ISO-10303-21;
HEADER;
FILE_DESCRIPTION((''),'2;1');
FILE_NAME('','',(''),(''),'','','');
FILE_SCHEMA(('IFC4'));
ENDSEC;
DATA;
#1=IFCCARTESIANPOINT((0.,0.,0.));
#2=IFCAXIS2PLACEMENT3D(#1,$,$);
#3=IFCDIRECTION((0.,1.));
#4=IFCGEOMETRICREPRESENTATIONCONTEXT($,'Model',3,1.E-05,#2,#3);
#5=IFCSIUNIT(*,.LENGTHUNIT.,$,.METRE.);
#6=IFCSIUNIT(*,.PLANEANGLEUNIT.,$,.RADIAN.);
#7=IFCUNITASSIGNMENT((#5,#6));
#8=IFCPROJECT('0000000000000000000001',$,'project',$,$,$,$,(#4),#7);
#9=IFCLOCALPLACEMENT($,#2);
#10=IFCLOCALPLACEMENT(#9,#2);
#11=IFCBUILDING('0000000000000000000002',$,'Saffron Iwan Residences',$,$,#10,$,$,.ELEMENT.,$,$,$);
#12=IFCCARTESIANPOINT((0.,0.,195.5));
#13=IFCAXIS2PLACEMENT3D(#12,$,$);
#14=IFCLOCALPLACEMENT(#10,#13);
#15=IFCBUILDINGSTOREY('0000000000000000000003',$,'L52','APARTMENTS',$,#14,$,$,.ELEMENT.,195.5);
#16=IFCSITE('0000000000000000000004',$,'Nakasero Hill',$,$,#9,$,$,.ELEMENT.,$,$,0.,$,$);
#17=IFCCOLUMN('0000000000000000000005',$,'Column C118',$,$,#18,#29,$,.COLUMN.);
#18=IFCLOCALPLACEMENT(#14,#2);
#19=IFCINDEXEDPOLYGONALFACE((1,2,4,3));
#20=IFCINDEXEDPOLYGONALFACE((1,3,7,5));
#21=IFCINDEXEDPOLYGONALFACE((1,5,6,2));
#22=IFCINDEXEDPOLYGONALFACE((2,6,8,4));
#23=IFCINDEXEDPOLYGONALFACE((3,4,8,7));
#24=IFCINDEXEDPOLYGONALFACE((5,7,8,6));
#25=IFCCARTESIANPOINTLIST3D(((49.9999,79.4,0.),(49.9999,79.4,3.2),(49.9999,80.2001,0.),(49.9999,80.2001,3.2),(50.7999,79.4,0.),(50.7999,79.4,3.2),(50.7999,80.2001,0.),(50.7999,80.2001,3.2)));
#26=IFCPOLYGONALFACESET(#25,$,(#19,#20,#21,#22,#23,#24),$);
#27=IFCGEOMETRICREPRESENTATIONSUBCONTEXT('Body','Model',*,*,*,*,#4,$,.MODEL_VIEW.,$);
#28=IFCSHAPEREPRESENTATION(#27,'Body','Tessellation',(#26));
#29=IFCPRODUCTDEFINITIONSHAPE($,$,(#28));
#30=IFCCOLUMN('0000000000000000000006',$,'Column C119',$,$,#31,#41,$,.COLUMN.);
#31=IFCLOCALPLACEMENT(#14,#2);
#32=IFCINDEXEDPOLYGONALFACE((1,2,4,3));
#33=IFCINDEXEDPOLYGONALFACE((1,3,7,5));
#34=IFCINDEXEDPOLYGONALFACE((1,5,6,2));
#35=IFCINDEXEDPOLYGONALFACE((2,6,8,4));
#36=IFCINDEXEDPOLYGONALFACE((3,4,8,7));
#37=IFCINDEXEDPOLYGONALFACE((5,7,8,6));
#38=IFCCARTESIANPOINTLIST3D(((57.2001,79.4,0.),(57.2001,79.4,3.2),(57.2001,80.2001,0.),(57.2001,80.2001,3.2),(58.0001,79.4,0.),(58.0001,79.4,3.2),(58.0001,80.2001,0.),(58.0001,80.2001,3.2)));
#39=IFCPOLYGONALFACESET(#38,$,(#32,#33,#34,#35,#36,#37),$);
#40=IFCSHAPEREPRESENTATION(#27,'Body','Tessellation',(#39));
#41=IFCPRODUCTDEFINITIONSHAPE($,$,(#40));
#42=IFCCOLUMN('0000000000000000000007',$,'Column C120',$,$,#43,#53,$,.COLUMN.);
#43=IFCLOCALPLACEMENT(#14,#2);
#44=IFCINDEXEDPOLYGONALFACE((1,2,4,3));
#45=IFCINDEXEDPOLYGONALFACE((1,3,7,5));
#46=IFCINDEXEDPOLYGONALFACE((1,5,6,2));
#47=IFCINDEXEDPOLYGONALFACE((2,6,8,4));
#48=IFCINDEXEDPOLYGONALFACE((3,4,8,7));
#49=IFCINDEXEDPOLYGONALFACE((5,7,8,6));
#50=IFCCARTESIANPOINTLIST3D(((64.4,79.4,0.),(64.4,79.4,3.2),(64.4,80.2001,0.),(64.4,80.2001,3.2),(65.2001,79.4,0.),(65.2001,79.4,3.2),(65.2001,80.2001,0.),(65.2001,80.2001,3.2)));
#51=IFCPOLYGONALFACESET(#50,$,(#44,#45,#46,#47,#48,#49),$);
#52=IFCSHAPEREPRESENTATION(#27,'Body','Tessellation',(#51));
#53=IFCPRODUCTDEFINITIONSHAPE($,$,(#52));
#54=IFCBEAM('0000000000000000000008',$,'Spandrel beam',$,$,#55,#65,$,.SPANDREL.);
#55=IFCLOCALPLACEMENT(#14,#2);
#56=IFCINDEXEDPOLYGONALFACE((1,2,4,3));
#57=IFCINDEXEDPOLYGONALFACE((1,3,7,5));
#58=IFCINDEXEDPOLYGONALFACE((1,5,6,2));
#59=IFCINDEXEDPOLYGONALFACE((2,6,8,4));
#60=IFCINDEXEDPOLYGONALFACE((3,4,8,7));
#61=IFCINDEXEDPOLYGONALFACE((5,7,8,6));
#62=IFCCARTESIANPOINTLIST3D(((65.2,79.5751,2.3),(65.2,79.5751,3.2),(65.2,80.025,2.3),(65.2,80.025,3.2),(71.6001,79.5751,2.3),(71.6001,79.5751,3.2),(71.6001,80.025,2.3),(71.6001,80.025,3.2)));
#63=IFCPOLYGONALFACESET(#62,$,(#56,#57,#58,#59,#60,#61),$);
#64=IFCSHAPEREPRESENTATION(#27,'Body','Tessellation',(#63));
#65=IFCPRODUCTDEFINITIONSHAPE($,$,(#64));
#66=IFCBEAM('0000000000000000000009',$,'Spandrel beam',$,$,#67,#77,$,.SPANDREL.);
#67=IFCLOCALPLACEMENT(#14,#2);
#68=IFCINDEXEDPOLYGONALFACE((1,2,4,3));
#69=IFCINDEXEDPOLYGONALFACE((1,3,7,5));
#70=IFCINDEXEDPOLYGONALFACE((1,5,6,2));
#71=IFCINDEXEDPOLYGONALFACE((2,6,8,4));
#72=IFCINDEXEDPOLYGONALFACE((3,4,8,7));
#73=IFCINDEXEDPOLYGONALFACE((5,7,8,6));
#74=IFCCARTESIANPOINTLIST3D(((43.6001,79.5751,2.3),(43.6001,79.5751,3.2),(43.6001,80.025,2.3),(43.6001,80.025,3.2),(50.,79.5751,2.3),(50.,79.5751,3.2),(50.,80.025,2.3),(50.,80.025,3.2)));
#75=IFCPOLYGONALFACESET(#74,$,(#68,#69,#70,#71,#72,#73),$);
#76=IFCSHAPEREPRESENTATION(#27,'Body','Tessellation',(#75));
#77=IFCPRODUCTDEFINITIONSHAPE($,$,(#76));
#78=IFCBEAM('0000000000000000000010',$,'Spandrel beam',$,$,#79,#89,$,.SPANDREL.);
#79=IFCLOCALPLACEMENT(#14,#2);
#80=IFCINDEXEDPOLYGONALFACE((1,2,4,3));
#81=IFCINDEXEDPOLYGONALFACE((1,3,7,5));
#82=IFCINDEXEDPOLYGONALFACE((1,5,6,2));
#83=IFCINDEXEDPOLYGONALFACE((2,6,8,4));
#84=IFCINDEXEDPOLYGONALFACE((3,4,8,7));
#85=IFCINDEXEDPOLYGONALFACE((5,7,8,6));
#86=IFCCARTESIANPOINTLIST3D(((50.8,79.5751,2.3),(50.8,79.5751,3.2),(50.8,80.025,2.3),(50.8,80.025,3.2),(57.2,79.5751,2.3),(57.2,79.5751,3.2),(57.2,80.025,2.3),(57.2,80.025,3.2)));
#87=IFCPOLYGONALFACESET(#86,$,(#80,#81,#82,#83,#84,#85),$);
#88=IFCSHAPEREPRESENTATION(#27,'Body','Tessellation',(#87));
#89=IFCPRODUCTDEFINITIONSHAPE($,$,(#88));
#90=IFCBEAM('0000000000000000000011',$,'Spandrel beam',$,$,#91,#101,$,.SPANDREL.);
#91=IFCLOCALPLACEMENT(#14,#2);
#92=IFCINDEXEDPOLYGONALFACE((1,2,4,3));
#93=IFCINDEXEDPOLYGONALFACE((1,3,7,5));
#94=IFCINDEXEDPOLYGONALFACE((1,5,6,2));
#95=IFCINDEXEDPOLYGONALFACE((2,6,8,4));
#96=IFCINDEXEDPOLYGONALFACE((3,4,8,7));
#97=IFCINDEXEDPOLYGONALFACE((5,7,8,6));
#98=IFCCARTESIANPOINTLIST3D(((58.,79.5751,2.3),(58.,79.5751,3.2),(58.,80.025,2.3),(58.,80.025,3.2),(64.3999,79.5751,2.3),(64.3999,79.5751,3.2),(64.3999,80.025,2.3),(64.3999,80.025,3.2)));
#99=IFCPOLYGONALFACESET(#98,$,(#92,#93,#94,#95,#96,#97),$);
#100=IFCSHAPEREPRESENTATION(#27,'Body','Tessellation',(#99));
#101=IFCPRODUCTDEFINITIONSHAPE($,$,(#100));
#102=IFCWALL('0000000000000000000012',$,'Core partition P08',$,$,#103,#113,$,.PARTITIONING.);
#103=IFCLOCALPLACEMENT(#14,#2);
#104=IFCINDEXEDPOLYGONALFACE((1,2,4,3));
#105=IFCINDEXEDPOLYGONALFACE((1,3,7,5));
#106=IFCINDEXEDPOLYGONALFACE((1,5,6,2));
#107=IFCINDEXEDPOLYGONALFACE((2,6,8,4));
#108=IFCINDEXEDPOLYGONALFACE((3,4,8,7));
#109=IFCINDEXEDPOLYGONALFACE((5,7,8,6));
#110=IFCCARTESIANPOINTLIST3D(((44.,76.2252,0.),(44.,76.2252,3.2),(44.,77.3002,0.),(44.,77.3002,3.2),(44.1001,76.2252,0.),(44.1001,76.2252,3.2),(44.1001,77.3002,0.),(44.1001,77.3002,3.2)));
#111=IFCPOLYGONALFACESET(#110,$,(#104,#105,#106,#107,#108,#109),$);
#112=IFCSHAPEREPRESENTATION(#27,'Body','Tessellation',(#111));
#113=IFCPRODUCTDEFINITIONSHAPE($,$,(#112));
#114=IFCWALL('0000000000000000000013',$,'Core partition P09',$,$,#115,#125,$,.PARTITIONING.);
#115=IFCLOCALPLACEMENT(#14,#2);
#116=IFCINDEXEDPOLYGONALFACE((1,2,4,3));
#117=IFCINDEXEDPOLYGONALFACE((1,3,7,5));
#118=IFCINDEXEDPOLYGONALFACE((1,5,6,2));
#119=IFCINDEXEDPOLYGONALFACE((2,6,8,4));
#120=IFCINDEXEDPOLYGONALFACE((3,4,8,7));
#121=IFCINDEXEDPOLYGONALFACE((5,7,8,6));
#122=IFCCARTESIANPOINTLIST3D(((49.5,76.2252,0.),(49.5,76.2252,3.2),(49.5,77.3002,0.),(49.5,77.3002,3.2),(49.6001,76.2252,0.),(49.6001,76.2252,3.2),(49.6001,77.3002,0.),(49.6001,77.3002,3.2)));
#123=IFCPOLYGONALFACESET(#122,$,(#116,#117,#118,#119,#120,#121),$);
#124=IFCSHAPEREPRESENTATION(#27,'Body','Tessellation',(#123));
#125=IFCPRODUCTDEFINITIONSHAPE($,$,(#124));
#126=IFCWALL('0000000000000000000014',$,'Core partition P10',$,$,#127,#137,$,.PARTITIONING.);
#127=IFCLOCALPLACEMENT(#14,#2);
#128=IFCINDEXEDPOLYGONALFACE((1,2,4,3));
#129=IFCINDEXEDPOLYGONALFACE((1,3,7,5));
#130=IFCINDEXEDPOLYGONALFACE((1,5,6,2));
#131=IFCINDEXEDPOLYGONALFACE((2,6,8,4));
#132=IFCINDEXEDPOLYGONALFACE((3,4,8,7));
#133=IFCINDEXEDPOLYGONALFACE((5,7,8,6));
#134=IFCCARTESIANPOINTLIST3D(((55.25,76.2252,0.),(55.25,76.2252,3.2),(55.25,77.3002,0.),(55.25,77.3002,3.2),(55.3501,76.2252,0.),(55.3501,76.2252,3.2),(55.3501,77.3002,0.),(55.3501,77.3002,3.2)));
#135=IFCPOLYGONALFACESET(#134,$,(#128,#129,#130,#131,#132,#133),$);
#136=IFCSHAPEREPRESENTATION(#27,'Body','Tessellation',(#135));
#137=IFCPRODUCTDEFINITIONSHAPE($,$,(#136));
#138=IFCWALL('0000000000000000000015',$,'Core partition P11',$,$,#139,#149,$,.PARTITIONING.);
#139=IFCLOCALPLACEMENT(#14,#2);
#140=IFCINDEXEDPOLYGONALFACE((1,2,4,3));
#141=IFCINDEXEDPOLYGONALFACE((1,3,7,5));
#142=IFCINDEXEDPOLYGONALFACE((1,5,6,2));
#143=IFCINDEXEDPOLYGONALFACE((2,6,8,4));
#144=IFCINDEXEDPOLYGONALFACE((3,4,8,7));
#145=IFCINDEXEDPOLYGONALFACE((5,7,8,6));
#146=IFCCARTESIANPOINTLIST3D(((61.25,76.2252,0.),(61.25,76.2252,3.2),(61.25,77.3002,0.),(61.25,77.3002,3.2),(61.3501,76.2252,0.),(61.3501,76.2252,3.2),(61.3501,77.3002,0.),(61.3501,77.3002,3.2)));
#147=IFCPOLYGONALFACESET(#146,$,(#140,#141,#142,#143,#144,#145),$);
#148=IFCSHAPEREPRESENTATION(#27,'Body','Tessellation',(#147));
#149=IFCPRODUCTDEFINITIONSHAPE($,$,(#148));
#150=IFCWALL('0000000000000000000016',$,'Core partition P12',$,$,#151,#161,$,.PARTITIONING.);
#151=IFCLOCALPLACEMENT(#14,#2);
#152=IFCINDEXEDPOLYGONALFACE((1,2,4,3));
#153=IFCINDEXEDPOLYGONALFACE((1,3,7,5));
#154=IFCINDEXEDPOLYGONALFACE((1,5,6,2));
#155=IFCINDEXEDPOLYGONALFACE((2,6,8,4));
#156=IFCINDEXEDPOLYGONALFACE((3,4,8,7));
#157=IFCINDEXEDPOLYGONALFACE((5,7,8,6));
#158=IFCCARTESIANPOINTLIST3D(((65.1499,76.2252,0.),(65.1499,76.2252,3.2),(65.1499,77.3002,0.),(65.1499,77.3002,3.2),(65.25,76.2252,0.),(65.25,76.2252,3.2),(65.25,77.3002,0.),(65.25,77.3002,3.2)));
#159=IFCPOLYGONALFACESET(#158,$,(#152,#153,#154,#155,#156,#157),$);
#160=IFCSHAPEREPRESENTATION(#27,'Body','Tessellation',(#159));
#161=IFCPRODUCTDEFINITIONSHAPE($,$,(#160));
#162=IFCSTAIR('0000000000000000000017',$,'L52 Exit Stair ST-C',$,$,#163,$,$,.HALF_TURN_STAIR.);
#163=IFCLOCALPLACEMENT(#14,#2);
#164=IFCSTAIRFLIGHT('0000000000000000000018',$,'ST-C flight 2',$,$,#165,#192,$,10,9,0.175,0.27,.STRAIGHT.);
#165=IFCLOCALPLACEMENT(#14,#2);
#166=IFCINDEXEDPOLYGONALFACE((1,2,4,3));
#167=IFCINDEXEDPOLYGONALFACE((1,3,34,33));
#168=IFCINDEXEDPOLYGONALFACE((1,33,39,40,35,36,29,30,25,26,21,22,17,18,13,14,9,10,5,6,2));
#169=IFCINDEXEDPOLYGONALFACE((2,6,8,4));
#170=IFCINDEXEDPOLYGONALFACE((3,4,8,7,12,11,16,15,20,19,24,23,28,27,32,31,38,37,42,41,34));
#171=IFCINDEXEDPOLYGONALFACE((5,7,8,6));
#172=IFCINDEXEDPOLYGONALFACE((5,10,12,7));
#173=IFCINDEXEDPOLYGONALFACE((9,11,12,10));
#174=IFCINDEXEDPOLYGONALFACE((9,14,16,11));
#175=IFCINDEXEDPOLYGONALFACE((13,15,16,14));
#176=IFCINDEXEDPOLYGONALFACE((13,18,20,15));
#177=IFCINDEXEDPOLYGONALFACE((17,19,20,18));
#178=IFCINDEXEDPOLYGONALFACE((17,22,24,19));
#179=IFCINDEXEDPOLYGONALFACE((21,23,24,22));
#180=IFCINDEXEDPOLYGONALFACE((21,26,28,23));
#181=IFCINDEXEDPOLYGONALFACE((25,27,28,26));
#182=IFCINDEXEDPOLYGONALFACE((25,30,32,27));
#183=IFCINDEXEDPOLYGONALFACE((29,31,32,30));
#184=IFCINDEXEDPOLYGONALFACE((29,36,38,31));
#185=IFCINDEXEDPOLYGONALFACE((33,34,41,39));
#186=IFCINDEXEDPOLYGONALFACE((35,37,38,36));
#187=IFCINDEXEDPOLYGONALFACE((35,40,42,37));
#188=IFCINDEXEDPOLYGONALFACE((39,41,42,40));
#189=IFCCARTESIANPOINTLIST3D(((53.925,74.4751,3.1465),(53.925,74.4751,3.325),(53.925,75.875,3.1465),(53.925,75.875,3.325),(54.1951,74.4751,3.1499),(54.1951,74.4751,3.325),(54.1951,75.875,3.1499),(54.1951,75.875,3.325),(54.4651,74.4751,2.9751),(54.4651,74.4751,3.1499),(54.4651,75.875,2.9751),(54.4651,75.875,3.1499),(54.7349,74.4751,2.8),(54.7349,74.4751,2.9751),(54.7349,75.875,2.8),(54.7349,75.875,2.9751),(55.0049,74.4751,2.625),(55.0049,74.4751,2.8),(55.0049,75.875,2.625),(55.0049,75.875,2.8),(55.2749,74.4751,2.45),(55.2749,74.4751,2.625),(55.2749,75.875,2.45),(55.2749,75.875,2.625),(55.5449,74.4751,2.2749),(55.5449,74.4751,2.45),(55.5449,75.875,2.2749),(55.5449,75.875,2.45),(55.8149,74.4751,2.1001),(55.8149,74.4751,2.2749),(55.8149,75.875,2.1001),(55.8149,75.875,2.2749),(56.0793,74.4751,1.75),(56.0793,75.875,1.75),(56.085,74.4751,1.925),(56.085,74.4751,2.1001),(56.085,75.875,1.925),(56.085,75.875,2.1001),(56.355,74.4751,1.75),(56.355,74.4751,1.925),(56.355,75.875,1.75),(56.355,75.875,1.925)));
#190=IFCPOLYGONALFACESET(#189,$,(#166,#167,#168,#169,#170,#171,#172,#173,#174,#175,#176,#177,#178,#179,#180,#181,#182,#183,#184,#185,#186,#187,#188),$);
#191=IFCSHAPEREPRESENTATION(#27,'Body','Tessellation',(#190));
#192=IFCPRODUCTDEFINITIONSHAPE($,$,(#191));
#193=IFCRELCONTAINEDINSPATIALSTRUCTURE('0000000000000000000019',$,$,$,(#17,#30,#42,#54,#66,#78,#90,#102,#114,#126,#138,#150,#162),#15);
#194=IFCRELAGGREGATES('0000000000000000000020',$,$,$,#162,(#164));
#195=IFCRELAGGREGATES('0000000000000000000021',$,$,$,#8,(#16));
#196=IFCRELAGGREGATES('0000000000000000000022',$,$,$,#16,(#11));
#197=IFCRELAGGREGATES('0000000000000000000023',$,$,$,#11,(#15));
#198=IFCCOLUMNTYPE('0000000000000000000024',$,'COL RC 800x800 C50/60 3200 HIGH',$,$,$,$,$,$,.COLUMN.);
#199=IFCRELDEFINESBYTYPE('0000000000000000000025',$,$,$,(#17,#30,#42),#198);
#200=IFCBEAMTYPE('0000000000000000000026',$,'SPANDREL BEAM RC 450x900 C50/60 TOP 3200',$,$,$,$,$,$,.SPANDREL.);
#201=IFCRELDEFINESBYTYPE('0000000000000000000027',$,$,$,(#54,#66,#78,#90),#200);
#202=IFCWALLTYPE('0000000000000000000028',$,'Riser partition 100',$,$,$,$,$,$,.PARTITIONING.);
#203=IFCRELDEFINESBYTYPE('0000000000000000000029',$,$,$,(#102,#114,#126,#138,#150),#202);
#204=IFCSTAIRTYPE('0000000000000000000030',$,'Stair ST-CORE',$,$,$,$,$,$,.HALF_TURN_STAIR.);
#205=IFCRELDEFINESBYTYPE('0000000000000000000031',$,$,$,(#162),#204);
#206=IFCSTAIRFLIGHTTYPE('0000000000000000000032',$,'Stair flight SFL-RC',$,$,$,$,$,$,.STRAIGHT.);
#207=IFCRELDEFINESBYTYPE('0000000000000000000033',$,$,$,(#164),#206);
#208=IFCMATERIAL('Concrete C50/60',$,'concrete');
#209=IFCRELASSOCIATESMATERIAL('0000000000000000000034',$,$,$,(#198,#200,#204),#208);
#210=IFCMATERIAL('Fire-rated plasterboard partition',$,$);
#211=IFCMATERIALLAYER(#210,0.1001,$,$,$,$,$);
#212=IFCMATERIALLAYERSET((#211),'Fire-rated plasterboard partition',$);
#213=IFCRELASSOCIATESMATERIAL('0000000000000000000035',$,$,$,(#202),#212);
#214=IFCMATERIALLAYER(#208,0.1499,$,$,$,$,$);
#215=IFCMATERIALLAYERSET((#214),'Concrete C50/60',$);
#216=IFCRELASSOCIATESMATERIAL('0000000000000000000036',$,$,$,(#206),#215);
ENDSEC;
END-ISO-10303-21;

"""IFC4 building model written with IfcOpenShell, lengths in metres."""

from ifc_helpers import new_model, si_unit, direction, frame, frame_2d, origin, origin_2d, place, context, subcontext, project, spatial, polyline, rectangle, outline, extrude, source, transform, mapped, material, layer, layer_set, material_profile, profile_set, type_object, element, aggregate, save


model = new_model("IFC4")

# Units and contexts
model_context = context("Model", 3, precision=1e-05, world=origin(), true_north=direction((0.0, 1.0)))
body_context = subcontext(model_context, "Body", "Model", "MODEL_VIEW")
ifc_project = project(units=[si_unit("LENGTHUNIT", "METRE"), si_unit("PLANEANGLEUNIT", "RADIAN")], contexts=[model_context])

# Site, building, storey
site_placement = place(None, origin())
site = spatial("IfcSite", under=ifc_project, at=site_placement, Name="Nakasero Hill", CompositionType="ELEMENT", RefElevation=0.0)
building_placement = place(site_placement, origin())
building = spatial("IfcBuilding", under=site, at=building_placement, Name="Saffron Iwan Residences", CompositionType="ELEMENT")
storey_placement = place(building_placement, frame((0.0, 0.0, 195.5)))
storey = spatial("IfcBuildingStorey", under=building, at=storey_placement, Name="L52", Description="APARTMENTS", CompositionType="ELEMENT", Elevation=195.5)

# Columns
ifc_material_1 = material(Name="Concrete C50/60", Category="concrete")
ifc_material_profile_1 = material_profile(ifc_material_1, rectangle(XDim=0.8, YDim=0.8, at=origin_2d()), Name="RC 800x800")
ifc_profile_set_1 = profile_set([ifc_material_profile_1], Name="Concrete C50/60")
column_type = type_object("IfcColumnType", Name="COL RC 800x800 C50/60 3200 HIGH", PredefinedType="COLUMN", material=ifc_profile_set_1)
shared_shape_1 = source(origin(), body_context, "Body", "SweptSolid", [
    extrude(rectangle(XDim=0.8, YDim=0.8, at=origin_2d()), origin(), (0.0, 0.0, 1.0), 3.2),
])
for number, where, z_axis, x_axis, name in (
    (1, (50.3999, 79.8, 0.0), (0.0, 0.0, 1.0), (1.0, 0.0, 0.0), "Column C118"),
    (2, (57.6001, 79.8, 0.0), (0.0, 0.0, 1.0), (1.0, 0.0, 0.0), "Column C119"),
    (3, (64.8, 79.8, 0.0), (0.0, 0.0, 1.0), (1.0, 0.0, 0.0), "Column C120"),
):
    element("IfcColumn", number, at=place(storey_placement, frame(where, z_axis=z_axis, x_axis=x_axis)), inside=storey, type_object=column_type, Name=name, PredefinedType="COLUMN", context=body_context, shape_type="MappedRepresentation", body=[
        mapped(shared_shape_1, transform((0.0, 0.0, 0.0))),
    ])

# Beams
ifc_material_profile_2 = material_profile(ifc_material_1, rectangle(XDim=0.45, YDim=0.8999, at=origin_2d()), Name="RC 450x900")
ifc_profile_set_2 = profile_set([ifc_material_profile_2], Name="Concrete C50/60")
beam_type = type_object("IfcBeamType", Name="SPANDREL BEAM RC 450x900 C50/60 TOP 3200", PredefinedType="SPANDREL", material=ifc_profile_set_2)
shared_shape_2 = source(origin(), body_context, "Body", "SweptSolid", [
    extrude(rectangle(XDim=0.45, YDim=0.8999, at=origin_2d()), origin(), (0.0, 0.0, 1.0), 6.4001),
])
beam_placement = place(storey_placement, frame((65.2, 79.8, 2.75), z_axis=(1.0, 0.0, 0.0), x_axis=(0.0, 1.0, 0.0)))
element("IfcBeam", 4, at=beam_placement, inside=storey, type_object=beam_type, Name="Spandrel beam", PredefinedType="SPANDREL", context=body_context, shape_type="MappedRepresentation", body=[
    mapped(shared_shape_2, transform((0.0, 0.0, 0.0))),
])
shared_shape_3 = source(origin(), body_context, "Body", "SweptSolid", [
    extrude(rectangle(XDim=0.45, YDim=0.8999, at=origin_2d()), origin(), (0.0, 0.0, 1.0), 6.3999),
])
for number, where, z_axis, x_axis, name in (
    (5, (43.6001, 79.8, 2.75), (1.0, 0.0, 0.0), (0.0, 1.0, 0.0), "Spandrel beam"),
    (6, (50.8, 79.8, 2.75), (1.0, 0.0, 0.0), (0.0, 1.0, 0.0), "Spandrel beam"),
    (7, (58.0, 79.8, 2.75), (1.0, 0.0, 0.0), (0.0, 1.0, 0.0), "Spandrel beam"),
):
    element("IfcBeam", number, at=place(storey_placement, frame(where, z_axis=z_axis, x_axis=x_axis)), inside=storey, type_object=beam_type, Name=name, PredefinedType="SPANDREL", context=body_context, shape_type="MappedRepresentation", body=[
        mapped(shared_shape_3, transform((0.0, 0.0, 0.0))),
    ])

# Walls
ifc_material_2 = material(Name="Fire-rated plasterboard partition")
ifc_layer_1 = layer(ifc_material_2, 0.1001)
ifc_layer_set_1 = layer_set([ifc_layer_1], Name="Fire-rated plasterboard partition")
wall_type = type_object("IfcWallType", Name="Riser partition 100", PredefinedType="PARTITIONING", material=ifc_layer_set_1)
for number, where, z_axis, x_axis, name in (
    (8, (44.05, 76.2251, 0.0), (0.0, 0.0, 1.0), (0.0, 1.0, 0.0), "Core partition P08"),
    (9, (49.55, 76.2251, 0.0), (0.0, 0.0, 1.0), (0.0, 1.0, 0.0), "Core partition P09"),
    (10, (55.3, 76.2251, 0.0), (0.0, 0.0, 1.0), (0.0, 1.0, 0.0), "Core partition P10"),
    (11, (61.3, 76.2251, 0.0), (0.0, 0.0, 1.0), (0.0, 1.0, 0.0), "Core partition P11"),
    (12, (65.2, 76.2251, 0.0), (0.0, 0.0, 1.0), (0.0, 1.0, 0.0), "Core partition P12"),
):
    element("IfcWall", number, at=place(storey_placement, frame(where, z_axis=z_axis, x_axis=x_axis)), inside=storey, type_object=wall_type, Name=name, PredefinedType="PARTITIONING", context=body_context, shape_type="SweptSolid", body=[
        extrude(rectangle(XDim=1.075, YDim=0.1001, at=frame_2d((0.5376, 0.0))), origin(), (0.0, 0.0, 1.0), 3.2),
    ])

# Stair, stair flight
stair_type = type_object("IfcStairType", Name="Stair ST-CORE", PredefinedType="HALF_TURN_STAIR", material=ifc_material_1)
stair_placement = place(storey_placement, origin())
stair = element("IfcStair", 13, at=stair_placement, inside=storey, type_object=stair_type, Name="L52 Exit Stair ST-C", PredefinedType="HALF_TURN_STAIR")
ifc_layer_2 = layer(ifc_material_1, 0.1499)
ifc_layer_set_2 = layer_set([ifc_layer_2], Name="Concrete C50/60")
stair_flight_type = type_object("IfcStairFlightType", Name="Stair flight SFL-RC", PredefinedType="STRAIGHT", material=ifc_layer_set_2)
stair_flight_placement = place(storey_placement, frame((56.355, 75.175, 1.75), z_axis=(0.0, 0.0, 1.0), x_axis=(-1.0, 0.0, 0.0)))
stair_flight = element("IfcStairFlight", 14, at=stair_flight_placement, type_object=stair_flight_type, Name="ST-C flight 2", NumberOfRisers=10, NumberOfTreads=9, PredefinedType="STRAIGHT", RiserHeight=0.175, TreadLength=0.27, context=body_context, shape_type="SweptSolid", body=[
    extrude(outline(polyline([(0.0, 0.0), (0.0, 0.175), (0.27, 0.175), (0.27, 0.3501), (0.54, 0.3501), (0.54, 0.5249), (0.8101, 0.5249), (0.8101, 0.7), (1.0801, 0.7), (1.0801, 0.875), (1.3501, 0.875), (1.3501, 1.05), (1.6201, 1.05), (1.6201, 1.2251), (1.8899, 1.2251), (1.8899, 1.3999), (2.1599, 1.3999), (2.1599, 1.575), (2.4299, 1.575), (2.4299, 1.75), (2.4299, 1.3965), (0.2756, 0.0), (0.0, 0.0)])), frame((0.0, 0.7, 0.0), z_axis=(0.0, -1.0, 0.0), x_axis=(1.0, 0.0, 0.0)), (0.0, 0.0, 1.0), 1.3999),
])
aggregate(stair, [stair_flight])

save(model, "model.ifc")
